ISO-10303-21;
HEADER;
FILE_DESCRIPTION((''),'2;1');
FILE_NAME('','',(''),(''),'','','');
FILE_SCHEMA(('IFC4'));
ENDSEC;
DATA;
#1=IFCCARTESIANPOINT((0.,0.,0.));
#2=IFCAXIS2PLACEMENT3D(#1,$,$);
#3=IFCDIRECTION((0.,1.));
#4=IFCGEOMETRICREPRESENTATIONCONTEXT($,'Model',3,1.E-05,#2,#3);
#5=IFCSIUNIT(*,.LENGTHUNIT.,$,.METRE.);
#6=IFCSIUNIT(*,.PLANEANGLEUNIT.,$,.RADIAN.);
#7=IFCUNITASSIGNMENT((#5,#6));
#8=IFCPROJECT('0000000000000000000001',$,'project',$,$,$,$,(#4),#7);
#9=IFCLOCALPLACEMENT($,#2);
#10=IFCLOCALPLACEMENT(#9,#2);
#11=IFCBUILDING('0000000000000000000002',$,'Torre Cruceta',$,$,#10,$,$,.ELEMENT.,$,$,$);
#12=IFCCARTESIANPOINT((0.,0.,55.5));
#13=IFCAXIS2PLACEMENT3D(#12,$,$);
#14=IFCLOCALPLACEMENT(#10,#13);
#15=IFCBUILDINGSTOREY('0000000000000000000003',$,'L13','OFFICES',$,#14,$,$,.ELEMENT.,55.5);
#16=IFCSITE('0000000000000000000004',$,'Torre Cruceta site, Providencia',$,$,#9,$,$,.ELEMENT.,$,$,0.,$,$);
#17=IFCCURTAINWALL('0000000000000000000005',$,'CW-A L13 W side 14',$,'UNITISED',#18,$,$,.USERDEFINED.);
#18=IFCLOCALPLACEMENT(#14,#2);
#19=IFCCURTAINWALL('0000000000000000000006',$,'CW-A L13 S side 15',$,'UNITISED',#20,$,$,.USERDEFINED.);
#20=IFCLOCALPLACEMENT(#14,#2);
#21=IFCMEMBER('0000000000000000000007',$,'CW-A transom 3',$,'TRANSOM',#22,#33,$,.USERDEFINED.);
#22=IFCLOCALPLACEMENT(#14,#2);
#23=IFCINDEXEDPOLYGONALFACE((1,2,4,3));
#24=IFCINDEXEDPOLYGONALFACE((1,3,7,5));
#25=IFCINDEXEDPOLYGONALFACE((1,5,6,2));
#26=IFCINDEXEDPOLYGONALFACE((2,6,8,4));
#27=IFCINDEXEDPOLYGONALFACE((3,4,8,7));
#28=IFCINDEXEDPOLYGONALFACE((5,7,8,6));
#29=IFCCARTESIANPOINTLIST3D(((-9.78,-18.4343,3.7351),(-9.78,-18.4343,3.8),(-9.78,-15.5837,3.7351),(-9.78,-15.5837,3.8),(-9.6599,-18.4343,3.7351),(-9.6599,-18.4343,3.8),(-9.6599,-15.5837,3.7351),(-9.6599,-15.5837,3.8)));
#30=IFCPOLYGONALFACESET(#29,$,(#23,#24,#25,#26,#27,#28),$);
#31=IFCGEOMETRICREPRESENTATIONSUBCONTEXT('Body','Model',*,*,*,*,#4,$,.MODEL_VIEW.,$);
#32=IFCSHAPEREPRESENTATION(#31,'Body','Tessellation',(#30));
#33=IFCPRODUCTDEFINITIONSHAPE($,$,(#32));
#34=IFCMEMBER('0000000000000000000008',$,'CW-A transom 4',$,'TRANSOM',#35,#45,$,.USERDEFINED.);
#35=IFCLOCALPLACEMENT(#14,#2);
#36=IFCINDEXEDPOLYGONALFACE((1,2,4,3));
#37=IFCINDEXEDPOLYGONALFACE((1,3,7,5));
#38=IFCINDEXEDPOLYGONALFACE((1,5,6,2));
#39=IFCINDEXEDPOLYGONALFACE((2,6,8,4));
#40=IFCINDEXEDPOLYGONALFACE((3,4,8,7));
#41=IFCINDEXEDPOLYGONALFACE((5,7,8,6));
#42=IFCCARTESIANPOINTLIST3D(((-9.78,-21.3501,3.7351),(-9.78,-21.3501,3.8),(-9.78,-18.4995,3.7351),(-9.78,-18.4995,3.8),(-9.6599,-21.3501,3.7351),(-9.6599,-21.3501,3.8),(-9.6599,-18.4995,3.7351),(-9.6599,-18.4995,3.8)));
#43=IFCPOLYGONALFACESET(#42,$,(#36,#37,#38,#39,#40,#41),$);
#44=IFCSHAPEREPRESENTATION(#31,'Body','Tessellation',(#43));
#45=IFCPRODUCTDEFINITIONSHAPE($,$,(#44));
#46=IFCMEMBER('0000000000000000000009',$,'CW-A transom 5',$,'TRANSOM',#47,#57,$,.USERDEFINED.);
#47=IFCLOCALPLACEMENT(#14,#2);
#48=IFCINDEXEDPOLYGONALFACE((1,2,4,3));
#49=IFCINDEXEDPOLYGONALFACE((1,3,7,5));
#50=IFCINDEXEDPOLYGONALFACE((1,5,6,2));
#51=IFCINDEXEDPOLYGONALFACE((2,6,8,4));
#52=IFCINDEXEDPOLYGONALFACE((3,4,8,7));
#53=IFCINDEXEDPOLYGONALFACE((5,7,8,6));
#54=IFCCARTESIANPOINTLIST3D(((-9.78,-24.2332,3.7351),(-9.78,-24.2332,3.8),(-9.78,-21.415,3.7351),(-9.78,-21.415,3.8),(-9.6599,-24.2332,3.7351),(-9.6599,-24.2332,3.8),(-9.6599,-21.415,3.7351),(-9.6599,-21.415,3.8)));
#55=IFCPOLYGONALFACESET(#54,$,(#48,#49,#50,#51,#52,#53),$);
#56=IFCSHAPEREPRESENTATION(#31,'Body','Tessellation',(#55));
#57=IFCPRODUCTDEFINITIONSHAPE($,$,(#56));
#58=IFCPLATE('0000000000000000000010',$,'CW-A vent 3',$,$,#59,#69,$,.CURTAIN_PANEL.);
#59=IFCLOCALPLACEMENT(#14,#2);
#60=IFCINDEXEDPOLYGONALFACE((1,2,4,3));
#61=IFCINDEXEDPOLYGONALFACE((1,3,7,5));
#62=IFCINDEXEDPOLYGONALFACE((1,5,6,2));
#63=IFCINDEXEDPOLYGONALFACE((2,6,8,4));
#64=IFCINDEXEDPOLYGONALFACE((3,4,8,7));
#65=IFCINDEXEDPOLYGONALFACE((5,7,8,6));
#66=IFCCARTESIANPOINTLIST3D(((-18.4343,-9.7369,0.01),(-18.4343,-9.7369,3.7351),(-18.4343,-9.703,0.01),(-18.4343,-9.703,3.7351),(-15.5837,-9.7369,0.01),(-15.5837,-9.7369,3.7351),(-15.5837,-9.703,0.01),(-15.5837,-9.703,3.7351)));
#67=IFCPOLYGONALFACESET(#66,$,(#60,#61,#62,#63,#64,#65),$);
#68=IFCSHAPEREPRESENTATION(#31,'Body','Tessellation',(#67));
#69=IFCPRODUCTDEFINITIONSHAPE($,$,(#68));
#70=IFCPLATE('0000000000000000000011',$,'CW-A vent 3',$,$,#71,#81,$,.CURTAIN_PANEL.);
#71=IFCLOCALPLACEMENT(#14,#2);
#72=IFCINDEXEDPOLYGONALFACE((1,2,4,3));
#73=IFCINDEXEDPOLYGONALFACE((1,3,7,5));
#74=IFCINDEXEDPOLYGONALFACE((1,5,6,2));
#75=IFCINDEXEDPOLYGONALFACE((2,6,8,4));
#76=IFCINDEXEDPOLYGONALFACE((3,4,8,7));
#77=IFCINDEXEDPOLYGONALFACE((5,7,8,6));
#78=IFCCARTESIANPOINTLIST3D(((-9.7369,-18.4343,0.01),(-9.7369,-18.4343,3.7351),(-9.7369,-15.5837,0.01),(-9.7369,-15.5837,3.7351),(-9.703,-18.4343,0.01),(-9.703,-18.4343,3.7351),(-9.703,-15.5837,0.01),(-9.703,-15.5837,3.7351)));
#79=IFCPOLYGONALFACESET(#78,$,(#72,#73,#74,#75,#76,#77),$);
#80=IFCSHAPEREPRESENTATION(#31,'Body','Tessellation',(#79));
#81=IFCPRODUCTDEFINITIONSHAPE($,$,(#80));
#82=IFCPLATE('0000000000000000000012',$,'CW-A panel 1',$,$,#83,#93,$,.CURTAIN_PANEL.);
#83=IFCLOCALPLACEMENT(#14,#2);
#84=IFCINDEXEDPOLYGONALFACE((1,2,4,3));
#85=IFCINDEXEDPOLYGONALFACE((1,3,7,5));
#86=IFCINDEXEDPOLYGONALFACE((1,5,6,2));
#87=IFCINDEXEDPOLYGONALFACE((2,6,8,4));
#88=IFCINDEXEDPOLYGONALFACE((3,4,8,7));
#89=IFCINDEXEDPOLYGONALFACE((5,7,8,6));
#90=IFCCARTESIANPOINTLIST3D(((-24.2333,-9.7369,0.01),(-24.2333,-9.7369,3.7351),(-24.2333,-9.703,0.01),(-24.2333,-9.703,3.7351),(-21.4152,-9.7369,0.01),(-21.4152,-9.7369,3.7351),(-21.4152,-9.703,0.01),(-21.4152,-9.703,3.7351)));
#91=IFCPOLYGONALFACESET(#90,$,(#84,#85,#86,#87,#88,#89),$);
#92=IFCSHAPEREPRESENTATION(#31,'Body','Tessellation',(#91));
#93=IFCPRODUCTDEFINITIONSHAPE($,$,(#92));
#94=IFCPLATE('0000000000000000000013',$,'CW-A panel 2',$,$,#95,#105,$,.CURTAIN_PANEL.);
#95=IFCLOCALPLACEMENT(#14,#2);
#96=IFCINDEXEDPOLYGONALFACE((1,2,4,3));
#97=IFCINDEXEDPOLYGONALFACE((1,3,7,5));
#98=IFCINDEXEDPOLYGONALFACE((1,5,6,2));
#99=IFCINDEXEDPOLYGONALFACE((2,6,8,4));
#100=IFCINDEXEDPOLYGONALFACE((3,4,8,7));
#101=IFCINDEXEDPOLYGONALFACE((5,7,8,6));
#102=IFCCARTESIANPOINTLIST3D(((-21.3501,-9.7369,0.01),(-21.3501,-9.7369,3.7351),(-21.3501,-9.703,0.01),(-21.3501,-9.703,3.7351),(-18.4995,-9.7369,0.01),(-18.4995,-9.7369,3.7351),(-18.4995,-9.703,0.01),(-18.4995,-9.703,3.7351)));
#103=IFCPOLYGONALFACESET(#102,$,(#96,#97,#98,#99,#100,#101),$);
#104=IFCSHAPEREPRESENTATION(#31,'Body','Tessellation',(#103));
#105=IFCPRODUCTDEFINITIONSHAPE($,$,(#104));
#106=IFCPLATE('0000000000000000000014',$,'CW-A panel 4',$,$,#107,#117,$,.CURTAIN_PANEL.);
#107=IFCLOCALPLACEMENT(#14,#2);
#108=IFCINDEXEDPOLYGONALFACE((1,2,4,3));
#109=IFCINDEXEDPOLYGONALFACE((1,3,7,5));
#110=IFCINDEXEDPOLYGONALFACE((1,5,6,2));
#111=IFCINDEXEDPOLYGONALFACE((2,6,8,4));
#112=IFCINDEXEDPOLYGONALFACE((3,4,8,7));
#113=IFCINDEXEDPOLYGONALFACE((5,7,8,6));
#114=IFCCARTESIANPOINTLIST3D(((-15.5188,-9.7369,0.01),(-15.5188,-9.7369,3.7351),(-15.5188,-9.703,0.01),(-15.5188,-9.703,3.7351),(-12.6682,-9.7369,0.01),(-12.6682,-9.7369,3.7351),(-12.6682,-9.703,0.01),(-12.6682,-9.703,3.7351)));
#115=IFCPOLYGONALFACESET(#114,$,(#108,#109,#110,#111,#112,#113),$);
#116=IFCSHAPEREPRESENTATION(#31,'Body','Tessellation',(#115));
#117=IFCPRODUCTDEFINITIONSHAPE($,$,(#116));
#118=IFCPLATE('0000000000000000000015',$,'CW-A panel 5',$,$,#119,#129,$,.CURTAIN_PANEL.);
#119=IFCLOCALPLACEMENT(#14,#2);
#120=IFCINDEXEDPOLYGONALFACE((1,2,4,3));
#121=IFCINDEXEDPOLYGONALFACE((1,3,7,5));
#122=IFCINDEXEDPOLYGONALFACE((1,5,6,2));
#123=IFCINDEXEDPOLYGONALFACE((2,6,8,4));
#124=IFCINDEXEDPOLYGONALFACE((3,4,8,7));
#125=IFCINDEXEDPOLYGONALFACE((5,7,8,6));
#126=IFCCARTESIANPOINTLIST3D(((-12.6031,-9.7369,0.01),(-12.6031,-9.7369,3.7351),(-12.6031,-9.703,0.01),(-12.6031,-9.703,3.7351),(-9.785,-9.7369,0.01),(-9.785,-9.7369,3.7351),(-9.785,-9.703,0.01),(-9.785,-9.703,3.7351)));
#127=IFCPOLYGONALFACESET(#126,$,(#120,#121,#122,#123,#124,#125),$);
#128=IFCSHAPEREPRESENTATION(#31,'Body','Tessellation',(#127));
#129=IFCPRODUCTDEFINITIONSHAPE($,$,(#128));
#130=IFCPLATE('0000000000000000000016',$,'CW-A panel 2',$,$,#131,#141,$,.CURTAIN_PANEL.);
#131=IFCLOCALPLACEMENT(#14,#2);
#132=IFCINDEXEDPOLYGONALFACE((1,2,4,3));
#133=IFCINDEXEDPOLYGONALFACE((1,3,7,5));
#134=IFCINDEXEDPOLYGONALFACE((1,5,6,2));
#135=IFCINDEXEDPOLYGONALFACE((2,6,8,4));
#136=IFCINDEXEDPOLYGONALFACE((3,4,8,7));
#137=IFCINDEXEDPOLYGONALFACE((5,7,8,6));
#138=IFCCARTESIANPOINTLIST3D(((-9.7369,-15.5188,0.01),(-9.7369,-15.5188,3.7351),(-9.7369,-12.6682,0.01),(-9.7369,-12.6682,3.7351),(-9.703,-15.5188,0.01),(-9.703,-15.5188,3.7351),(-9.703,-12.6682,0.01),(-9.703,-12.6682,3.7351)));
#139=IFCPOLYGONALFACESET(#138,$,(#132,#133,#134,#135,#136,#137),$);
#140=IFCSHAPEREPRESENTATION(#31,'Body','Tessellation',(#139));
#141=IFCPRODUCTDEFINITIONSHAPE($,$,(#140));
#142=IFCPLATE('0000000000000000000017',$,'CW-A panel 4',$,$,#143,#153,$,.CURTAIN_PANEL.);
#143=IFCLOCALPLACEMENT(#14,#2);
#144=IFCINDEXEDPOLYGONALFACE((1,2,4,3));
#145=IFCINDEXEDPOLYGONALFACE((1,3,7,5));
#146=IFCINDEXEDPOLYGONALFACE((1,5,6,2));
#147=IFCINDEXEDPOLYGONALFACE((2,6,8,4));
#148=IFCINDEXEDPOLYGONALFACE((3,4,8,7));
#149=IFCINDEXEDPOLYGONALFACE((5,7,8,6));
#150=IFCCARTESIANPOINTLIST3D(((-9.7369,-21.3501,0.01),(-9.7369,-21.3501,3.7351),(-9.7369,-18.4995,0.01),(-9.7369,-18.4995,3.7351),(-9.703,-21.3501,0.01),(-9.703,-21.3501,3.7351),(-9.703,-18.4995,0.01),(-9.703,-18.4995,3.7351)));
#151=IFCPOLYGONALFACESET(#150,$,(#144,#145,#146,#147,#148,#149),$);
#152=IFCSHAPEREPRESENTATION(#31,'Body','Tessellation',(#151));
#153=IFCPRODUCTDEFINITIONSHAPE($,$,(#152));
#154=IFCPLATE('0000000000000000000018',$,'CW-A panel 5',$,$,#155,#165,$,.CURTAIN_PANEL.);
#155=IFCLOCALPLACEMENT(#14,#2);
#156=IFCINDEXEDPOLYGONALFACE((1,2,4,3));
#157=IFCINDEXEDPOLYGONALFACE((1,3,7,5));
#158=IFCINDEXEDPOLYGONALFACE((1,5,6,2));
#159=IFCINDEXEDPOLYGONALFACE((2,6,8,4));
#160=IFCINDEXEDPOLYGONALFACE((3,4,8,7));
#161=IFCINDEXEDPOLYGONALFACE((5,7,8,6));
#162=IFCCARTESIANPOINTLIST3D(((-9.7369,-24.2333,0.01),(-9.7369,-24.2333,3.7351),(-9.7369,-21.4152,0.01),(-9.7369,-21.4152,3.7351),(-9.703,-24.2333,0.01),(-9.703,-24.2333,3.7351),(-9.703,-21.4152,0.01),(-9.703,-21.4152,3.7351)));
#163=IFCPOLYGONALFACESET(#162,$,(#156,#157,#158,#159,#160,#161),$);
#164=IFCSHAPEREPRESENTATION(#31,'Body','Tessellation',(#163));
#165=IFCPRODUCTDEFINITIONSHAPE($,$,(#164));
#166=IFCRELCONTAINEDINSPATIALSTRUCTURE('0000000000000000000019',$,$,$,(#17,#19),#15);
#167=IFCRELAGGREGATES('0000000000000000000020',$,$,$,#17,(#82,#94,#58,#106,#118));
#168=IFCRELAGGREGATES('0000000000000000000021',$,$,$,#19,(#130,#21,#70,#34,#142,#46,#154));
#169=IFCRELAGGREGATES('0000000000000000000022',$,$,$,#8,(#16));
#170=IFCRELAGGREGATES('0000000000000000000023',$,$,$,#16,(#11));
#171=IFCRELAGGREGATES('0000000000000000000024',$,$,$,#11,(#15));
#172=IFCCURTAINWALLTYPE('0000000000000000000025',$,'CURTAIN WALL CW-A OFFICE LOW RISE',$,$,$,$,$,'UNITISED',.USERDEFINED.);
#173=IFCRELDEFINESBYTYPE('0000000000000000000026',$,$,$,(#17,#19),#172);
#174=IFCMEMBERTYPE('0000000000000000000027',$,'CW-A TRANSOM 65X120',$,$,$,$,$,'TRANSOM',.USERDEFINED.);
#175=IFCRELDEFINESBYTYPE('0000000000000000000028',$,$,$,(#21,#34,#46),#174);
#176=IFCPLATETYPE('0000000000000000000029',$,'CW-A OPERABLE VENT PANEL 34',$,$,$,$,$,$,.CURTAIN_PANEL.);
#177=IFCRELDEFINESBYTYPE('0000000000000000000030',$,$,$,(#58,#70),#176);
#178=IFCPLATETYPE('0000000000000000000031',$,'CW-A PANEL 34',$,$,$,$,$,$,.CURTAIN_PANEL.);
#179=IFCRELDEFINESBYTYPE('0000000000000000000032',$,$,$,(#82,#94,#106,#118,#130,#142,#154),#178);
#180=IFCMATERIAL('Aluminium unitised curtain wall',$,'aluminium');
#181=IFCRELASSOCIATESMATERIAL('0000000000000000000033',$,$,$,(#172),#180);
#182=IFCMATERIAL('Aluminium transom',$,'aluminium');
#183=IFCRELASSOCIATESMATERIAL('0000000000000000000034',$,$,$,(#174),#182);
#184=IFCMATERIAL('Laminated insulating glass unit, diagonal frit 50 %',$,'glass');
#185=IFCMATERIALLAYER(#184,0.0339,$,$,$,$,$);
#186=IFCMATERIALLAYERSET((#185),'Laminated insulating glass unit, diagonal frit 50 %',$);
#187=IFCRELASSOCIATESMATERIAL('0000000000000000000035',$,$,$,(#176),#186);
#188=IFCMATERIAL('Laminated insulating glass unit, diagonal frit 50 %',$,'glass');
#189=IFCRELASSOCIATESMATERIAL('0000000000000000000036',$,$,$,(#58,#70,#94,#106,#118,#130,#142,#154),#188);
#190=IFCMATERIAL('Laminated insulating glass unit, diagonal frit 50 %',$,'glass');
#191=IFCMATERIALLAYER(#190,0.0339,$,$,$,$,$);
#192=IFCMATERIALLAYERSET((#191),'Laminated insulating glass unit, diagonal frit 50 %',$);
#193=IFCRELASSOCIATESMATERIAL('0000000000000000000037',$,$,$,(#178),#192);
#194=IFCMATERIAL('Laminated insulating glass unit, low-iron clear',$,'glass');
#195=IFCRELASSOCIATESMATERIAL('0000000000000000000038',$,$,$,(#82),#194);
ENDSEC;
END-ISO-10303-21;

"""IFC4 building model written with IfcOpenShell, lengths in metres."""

from ifc_helpers import new_model, si_unit, direction, frame, origin, origin_2d, place, context, subcontext, project, spatial, rectangle, extrude, material, layer, layer_set, material_profile, profile_set, type_object, element, aggregate, save


model = new_model("IFC4")

# Units and contexts
model_context = context("Model", 3, precision=1e-05, world=origin(), true_north=direction((0.0, 1.0)))
body_context = subcontext(model_context, "Body", "Model", "MODEL_VIEW")
ifc_project = project(units=[si_unit("LENGTHUNIT", "METRE"), si_unit("PLANEANGLEUNIT", "RADIAN")], contexts=[model_context])

# Site, building, storey
site_placement = place(None, origin())
site = spatial("IfcSite", under=ifc_project, at=site_placement, Name="Torre Cruceta site, Providencia", CompositionType="ELEMENT", RefElevation=0.0)
building_placement = place(site_placement, origin())
building = spatial("IfcBuilding", under=site, at=building_placement, Name="Torre Cruceta", CompositionType="ELEMENT")
storey_placement = place(building_placement, frame((0.0, 0.0, 55.5)))
storey = spatial("IfcBuildingStorey", under=building, at=storey_placement, Name="L13", Description="OFFICES", CompositionType="ELEMENT", Elevation=55.5)

# Curtain walls
ifc_material_1 = material(Name="Aluminium unitised curtain wall", Category="aluminium")
curtain_wall_type = type_object("IfcCurtainWallType", Name="CURTAIN WALL CW-A OFFICE LOW RISE", ElementType="UNITISED", PredefinedType="USERDEFINED", material=ifc_material_1)
curtain_wall_1_placement = place(storey_placement, origin())
curtain_wall_1 = element("IfcCurtainWall", 1, at=curtain_wall_1_placement, inside=storey, type_object=curtain_wall_type, Name="CW-A L13 W side 14", ObjectType="UNITISED", PredefinedType="USERDEFINED")
curtain_wall_2_placement = place(storey_placement, origin())
curtain_wall_2 = element("IfcCurtainWall", 2, at=curtain_wall_2_placement, inside=storey, type_object=curtain_wall_type, Name="CW-A L13 S side 15", ObjectType="UNITISED", PredefinedType="USERDEFINED")

# Members
ifc_material_2 = material(Name="Aluminium transom", Category="aluminium")
ifc_material_profile_1 = material_profile(ifc_material_2, rectangle(XDim=0.1201, YDim=0.0649, at=origin_2d()), Name="AL 120X65")
ifc_profile_set_1 = profile_set([ifc_material_profile_1], Name="Aluminium transom")
member_type_1 = type_object("IfcMemberType", Name="CW-A TRANSOM 65X120", ElementType="TRANSOM", PredefinedType="USERDEFINED", material=ifc_profile_set_1)
member_1_placement = place(storey_placement, frame((-9.72, -15.5837, 3.7676), z_axis=(0.0, -1.0, 0.0), x_axis=(1.0, 0.0, 0.0)))
member_1 = element("IfcMember", 3, at=member_1_placement, type_object=member_type_1, Name="CW-A transom 3", ObjectType="TRANSOM", PredefinedType="USERDEFINED", context=body_context, shape_type="SweptSolid", body=[
    extrude(rectangle(XDim=0.1201, YDim=0.0649, at=origin_2d()), origin(), (0.0, 0.0, 1.0), 2.8506),
])
member_2_placement = place(storey_placement, frame((-9.72, -18.4995, 3.7676), z_axis=(0.0, -1.0, 0.0), x_axis=(1.0, 0.0, 0.0)))
member_2 = element("IfcMember", 4, at=member_2_placement, type_object=member_type_1, Name="CW-A transom 4", ObjectType="TRANSOM", PredefinedType="USERDEFINED", context=body_context, shape_type="SweptSolid", body=[
    extrude(rectangle(XDim=0.1201, YDim=0.0649, at=origin_2d()), origin(), (0.0, 0.0, 1.0), 2.8506),
])
member_3_placement = place(storey_placement, frame((-9.72, -21.415, 3.7676), z_axis=(0.0, -1.0, 0.0), x_axis=(1.0, 0.0, 0.0)))
member_3 = element("IfcMember", 5, at=member_3_placement, type_object=member_type_1, Name="CW-A transom 5", ObjectType="TRANSOM", PredefinedType="USERDEFINED", context=body_context, shape_type="SweptSolid", body=[
    extrude(rectangle(XDim=0.1201, YDim=0.0649, at=origin_2d()), origin(), (0.0, 0.0, 1.0), 2.8181),
])

# Plates
ifc_material_3 = material(Name="Laminated insulating glass unit, diagonal frit 50 %", Category="glass")
ifc_material_4 = material(Name="Laminated insulating glass unit, diagonal frit 50 %", Category="glass")
ifc_layer_1 = layer(ifc_material_4, 0.0339)
ifc_layer_set_1 = layer_set([ifc_layer_1], Name="Laminated insulating glass unit, diagonal frit 50 %")
plate_type_1 = type_object("IfcPlateType", Name="CW-A OPERABLE VENT PANEL 34", PredefinedType="CURTAIN_PANEL", material=ifc_layer_set_1)
plate_1_placement = place(storey_placement, frame((-17.009, -9.72, 0.01), z_axis=(0.0, 0.0, 1.0), x_axis=(1.0, 0.0, 0.0)))
plate_1 = element("IfcPlate", 6, at=plate_1_placement, type_object=plate_type_1, material=ifc_material_3, Name="CW-A vent 3", PredefinedType="CURTAIN_PANEL", context=body_context, shape_type="SweptSolid", body=[
    extrude(rectangle(XDim=2.8506, YDim=0.0339, at=origin_2d()), origin(), (0.0, 0.0, 1.0), 3.7251),
])
plate_2_placement = place(storey_placement, frame((-9.72, -17.009, 0.01), z_axis=(0.0, 0.0, 1.0), x_axis=(0.0, -1.0, 0.0)))
plate_2 = element("IfcPlate", 7, at=plate_2_placement, type_object=plate_type_1, material=ifc_material_3, Name="CW-A vent 3", PredefinedType="CURTAIN_PANEL", context=body_context, shape_type="SweptSolid", body=[
    extrude(rectangle(XDim=2.8506, YDim=0.0339, at=origin_2d()), origin(), (0.0, 0.0, 1.0), 3.7251),
])
ifc_material_5 = material(Name="Laminated insulating glass unit, low-iron clear", Category="glass")
ifc_material_6 = material(Name="Laminated insulating glass unit, diagonal frit 50 %", Category="glass")
ifc_layer_2 = layer(ifc_material_6, 0.0339)
ifc_layer_set_2 = layer_set([ifc_layer_2], Name="Laminated insulating glass unit, diagonal frit 50 %")
plate_type_2 = type_object("IfcPlateType", Name="CW-A PANEL 34", PredefinedType="CURTAIN_PANEL", material=ifc_layer_set_2)
plate_3_placement = place(storey_placement, frame((-22.8242, -9.72, 0.01), z_axis=(0.0, 0.0, 1.0), x_axis=(1.0, 0.0, 0.0)))
plate_3 = element("IfcPlate", 8, at=plate_3_placement, type_object=plate_type_2, material=ifc_material_5, Name="CW-A panel 1", PredefinedType="CURTAIN_PANEL", context=body_context, shape_type="SweptSolid", body=[
    extrude(rectangle(XDim=2.8181, YDim=0.0339, at=origin_2d()), origin(), (0.0, 0.0, 1.0), 3.7251),
])
plate_4_placement = place(storey_placement, frame((-19.9248, -9.72, 0.01), z_axis=(0.0, 0.0, 1.0), x_axis=(1.0, 0.0, 0.0)))
plate_4 = element("IfcPlate", 9, at=plate_4_placement, type_object=plate_type_2, material=ifc_material_3, Name="CW-A panel 2", PredefinedType="CURTAIN_PANEL", context=body_context, shape_type="SweptSolid", body=[
    extrude(rectangle(XDim=2.8506, YDim=0.0339, at=origin_2d()), origin(), (0.0, 0.0, 1.0), 3.7251),
])
plate_5_placement = place(storey_placement, frame((-14.0935, -9.72, 0.01), z_axis=(0.0, 0.0, 1.0), x_axis=(1.0, 0.0, 0.0)))
plate_5 = element("IfcPlate", 10, at=plate_5_placement, type_object=plate_type_2, material=ifc_material_3, Name="CW-A panel 4", PredefinedType="CURTAIN_PANEL", context=body_context, shape_type="SweptSolid", body=[
    extrude(rectangle(XDim=2.8506, YDim=0.0339, at=origin_2d()), origin(), (0.0, 0.0, 1.0), 3.7251),
])
plate_6_placement = place(storey_placement, frame((-11.1941, -9.72, 0.01), z_axis=(0.0, 0.0, 1.0), x_axis=(1.0, 0.0, 0.0)))
plate_6 = element("IfcPlate", 11, at=plate_6_placement, type_object=plate_type_2, material=ifc_material_3, Name="CW-A panel 5", PredefinedType="CURTAIN_PANEL", context=body_context, shape_type="SweptSolid", body=[
    extrude(rectangle(XDim=2.8181, YDim=0.0339, at=origin_2d()), origin(), (0.0, 0.0, 1.0), 3.7251),
])
aggregate(curtain_wall_1, [plate_3, plate_4, plate_1, plate_5, plate_6])
plate_7_placement = place(storey_placement, frame((-9.72, -14.0935, 0.01), z_axis=(0.0, 0.0, 1.0), x_axis=(0.0, -1.0, 0.0)))
plate_7 = element("IfcPlate", 12, at=plate_7_placement, type_object=plate_type_2, material=ifc_material_3, Name="CW-A panel 2", PredefinedType="CURTAIN_PANEL", context=body_context, shape_type="SweptSolid", body=[
    extrude(rectangle(XDim=2.8506, YDim=0.0339, at=origin_2d()), origin(), (0.0, 0.0, 1.0), 3.7251),
])
plate_8_placement = place(storey_placement, frame((-9.72, -19.9248, 0.01), z_axis=(0.0, 0.0, 1.0), x_axis=(0.0, -1.0, 0.0)))
plate_8 = element("IfcPlate", 13, at=plate_8_placement, type_object=plate_type_2, material=ifc_material_3, Name="CW-A panel 4", PredefinedType="CURTAIN_PANEL", context=body_context, shape_type="SweptSolid", body=[
    extrude(rectangle(XDim=2.8506, YDim=0.0339, at=origin_2d()), origin(), (0.0, 0.0, 1.0), 3.7251),
])
plate_9_placement = place(storey_placement, frame((-9.72, -22.8242, 0.01), z_axis=(0.0, 0.0, 1.0), x_axis=(0.0, -1.0, 0.0)))
plate_9 = element("IfcPlate", 14, at=plate_9_placement, type_object=plate_type_2, material=ifc_material_3, Name="CW-A panel 5", PredefinedType="CURTAIN_PANEL", context=body_context, shape_type="SweptSolid", body=[
    extrude(rectangle(XDim=2.8181, YDim=0.0339, at=origin_2d()), origin(), (0.0, 0.0, 1.0), 3.7251),
])
aggregate(curtain_wall_2, [plate_7, member_1, plate_2, member_2, plate_8, member_3, plate_9])

save(model, "model.ifc")
